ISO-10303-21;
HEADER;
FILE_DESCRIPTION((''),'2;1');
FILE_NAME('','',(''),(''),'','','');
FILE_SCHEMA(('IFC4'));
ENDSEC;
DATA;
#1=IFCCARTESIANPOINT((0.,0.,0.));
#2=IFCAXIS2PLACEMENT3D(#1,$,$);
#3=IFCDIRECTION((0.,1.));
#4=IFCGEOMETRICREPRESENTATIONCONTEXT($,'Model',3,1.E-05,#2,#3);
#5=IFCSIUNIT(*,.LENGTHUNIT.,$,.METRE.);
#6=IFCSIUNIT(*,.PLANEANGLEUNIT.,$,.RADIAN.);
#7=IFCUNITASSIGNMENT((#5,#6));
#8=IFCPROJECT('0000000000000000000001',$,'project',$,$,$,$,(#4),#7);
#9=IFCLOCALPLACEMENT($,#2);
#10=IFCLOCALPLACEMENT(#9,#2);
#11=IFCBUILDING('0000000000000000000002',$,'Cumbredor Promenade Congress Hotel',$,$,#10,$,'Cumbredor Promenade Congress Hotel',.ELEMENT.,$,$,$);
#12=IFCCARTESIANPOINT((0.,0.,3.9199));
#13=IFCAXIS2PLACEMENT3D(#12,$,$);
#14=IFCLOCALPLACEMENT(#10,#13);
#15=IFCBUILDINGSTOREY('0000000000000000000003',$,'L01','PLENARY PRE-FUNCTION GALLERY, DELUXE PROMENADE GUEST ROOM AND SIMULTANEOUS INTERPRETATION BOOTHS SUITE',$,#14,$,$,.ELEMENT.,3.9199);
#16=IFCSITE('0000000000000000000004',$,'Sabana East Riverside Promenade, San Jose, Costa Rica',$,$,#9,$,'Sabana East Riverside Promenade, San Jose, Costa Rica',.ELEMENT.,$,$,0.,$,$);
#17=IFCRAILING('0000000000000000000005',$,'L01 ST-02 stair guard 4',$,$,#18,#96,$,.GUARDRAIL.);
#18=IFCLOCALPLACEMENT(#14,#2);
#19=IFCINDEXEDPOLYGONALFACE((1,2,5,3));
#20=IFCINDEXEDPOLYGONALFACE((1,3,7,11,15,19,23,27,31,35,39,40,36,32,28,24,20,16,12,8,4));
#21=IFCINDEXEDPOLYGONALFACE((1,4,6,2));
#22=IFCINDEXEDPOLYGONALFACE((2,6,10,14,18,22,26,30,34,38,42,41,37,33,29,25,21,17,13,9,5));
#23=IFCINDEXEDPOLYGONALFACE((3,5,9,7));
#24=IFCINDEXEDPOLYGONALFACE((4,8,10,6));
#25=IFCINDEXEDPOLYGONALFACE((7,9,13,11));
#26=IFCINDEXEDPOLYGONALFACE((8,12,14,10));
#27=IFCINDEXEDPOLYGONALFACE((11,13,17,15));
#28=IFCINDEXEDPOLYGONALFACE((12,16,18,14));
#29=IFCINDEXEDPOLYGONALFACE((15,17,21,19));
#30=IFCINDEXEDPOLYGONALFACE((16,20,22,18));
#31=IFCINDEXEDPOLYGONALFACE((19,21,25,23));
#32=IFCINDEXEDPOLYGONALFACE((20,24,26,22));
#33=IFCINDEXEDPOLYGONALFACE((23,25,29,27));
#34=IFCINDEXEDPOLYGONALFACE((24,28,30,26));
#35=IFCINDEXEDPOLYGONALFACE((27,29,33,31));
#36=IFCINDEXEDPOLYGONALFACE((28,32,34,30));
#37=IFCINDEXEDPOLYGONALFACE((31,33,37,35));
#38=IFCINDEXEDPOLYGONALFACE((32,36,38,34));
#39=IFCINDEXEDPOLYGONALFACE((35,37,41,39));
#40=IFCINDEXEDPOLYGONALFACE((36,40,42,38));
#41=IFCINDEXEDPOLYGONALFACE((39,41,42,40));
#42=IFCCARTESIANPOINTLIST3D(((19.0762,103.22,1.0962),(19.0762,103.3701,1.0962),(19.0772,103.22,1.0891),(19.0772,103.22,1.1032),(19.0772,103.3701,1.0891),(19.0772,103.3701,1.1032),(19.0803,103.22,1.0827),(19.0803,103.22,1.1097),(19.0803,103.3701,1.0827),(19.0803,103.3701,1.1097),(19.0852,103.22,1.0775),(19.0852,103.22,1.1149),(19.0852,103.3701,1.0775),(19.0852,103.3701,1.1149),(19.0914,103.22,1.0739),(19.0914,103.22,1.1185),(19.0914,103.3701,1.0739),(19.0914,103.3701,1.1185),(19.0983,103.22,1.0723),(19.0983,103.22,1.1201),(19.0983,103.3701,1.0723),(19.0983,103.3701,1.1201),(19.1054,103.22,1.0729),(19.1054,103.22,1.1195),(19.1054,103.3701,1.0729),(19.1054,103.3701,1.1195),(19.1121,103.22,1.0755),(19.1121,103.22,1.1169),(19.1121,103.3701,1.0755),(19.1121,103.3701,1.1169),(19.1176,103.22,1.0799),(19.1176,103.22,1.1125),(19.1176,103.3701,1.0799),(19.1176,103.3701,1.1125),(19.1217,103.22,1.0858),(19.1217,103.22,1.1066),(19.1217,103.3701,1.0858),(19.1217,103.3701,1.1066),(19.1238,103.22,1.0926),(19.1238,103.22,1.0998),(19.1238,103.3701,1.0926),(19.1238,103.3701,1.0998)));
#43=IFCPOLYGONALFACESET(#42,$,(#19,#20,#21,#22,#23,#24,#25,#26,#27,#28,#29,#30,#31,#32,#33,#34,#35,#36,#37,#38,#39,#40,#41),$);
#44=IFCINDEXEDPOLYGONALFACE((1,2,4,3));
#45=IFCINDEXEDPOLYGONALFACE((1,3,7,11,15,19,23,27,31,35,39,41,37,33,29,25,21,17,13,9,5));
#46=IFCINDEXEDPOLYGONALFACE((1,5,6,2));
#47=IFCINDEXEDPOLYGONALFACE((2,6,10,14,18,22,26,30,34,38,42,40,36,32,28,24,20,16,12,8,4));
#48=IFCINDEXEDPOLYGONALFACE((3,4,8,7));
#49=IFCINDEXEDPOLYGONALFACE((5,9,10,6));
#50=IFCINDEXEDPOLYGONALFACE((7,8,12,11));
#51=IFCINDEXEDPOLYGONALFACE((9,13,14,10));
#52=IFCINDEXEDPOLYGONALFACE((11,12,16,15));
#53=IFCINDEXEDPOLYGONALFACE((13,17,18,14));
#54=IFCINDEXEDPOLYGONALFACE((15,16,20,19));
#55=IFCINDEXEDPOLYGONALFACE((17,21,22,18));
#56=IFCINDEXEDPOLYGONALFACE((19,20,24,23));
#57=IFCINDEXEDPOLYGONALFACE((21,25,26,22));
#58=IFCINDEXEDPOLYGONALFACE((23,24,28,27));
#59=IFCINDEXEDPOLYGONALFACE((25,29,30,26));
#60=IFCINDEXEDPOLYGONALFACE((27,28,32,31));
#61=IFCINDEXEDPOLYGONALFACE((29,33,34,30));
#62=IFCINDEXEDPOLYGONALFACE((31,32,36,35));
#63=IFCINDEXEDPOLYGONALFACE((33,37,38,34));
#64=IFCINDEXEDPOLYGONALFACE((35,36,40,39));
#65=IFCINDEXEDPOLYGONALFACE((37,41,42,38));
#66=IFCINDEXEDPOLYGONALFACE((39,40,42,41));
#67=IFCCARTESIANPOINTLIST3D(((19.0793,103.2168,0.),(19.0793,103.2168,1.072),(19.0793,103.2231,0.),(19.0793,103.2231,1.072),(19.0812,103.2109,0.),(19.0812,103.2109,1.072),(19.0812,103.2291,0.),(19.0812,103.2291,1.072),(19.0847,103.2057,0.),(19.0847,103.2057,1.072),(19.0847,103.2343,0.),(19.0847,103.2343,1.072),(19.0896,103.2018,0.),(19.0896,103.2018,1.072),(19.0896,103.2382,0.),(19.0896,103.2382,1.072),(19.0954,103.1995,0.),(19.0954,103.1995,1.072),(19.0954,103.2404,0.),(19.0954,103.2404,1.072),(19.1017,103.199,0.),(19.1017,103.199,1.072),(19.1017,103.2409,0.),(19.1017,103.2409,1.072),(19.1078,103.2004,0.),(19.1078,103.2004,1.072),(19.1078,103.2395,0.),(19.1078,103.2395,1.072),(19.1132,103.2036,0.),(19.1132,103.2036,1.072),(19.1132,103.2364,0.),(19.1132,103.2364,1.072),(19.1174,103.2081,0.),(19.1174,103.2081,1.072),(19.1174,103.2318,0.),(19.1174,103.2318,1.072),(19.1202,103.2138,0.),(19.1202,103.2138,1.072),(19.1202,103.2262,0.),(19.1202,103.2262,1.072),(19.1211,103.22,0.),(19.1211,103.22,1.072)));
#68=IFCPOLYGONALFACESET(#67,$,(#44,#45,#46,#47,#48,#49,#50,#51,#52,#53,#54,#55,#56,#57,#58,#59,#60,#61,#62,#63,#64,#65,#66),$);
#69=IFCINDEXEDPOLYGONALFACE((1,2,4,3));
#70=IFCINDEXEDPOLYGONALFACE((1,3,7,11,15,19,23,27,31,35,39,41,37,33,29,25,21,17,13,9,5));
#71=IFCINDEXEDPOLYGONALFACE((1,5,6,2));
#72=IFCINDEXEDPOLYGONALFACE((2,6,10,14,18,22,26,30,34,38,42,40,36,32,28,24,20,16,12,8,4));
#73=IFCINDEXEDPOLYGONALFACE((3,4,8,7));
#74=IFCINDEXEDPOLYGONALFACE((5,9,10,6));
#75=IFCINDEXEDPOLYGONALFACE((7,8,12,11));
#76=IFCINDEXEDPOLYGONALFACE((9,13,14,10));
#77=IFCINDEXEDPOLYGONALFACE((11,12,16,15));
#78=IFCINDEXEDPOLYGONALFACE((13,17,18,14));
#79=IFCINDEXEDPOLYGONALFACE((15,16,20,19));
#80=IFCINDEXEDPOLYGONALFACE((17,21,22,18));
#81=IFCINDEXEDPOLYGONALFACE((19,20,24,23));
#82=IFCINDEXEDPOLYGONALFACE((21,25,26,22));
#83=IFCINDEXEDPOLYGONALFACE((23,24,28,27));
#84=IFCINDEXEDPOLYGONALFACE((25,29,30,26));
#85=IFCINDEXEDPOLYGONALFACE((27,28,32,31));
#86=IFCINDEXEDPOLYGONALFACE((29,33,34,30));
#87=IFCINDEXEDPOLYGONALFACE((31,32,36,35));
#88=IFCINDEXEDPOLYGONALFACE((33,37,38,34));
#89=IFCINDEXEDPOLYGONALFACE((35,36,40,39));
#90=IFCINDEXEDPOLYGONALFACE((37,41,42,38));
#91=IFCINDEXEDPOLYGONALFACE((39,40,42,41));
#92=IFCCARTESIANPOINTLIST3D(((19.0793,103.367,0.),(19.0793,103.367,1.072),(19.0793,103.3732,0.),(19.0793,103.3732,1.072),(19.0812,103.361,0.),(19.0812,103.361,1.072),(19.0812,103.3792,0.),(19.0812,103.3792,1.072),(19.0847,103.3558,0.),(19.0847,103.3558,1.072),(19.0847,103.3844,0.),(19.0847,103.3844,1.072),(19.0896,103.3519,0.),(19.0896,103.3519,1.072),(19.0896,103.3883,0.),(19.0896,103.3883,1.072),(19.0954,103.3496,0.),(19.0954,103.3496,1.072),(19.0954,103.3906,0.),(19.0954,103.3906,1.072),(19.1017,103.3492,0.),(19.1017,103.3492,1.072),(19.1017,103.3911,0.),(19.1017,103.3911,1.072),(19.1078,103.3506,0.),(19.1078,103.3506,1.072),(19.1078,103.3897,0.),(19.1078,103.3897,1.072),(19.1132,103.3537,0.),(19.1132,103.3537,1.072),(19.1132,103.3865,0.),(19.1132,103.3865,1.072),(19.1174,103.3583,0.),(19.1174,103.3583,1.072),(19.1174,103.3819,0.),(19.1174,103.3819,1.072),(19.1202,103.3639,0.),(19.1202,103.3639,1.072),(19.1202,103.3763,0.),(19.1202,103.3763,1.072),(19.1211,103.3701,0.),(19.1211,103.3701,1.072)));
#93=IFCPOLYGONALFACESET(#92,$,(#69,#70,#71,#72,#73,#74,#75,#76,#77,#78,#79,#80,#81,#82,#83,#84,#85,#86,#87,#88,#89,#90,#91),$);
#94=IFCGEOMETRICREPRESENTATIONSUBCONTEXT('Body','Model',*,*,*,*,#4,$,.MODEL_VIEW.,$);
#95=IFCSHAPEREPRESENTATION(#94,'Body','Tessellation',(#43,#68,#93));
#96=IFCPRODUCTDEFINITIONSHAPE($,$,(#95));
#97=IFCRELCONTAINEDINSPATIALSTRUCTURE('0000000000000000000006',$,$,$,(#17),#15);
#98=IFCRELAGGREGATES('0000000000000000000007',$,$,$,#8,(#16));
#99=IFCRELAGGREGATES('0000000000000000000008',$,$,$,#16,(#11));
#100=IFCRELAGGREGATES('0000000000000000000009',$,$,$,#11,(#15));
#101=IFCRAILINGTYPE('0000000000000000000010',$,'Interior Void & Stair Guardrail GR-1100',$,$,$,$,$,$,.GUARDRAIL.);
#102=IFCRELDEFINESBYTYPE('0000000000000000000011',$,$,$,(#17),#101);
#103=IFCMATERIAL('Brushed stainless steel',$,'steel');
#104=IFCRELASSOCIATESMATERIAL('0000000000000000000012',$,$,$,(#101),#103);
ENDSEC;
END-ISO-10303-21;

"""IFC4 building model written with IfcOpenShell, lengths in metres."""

from ifc_helpers import new_model, si_unit, direction, frame, origin, origin_2d, place, context, subcontext, project, spatial, circle, extrude, material, type_object, element, save


model = new_model("IFC4")

# Units and contexts
model_context = context("Model", 3, precision=1e-05, world=origin(), true_north=direction((0.0, 1.0)))
body_context = subcontext(model_context, "Body", "Model", "MODEL_VIEW")
ifc_project = project(units=[si_unit("LENGTHUNIT", "METRE"), si_unit("PLANEANGLEUNIT", "RADIAN")], contexts=[model_context])

# Site, building, storey
site_placement = place(None, origin())
site = spatial("IfcSite", under=ifc_project, at=site_placement, Name="Sabana East Riverside Promenade, San Jose, Costa Rica", LongName="Sabana East Riverside Promenade, San Jose, Costa Rica", CompositionType="ELEMENT", RefElevation=0.0)
building_placement = place(site_placement, origin())
building = spatial("IfcBuilding", under=site, at=building_placement, Name="Cumbredor Promenade Congress Hotel", LongName="Cumbredor Promenade Congress Hotel", CompositionType="ELEMENT")
storey_placement = place(building_placement, frame((0.0, 0.0, 3.9199)))
storey = spatial("IfcBuildingStorey", under=building, at=storey_placement, Name="L01", Description="PLENARY PRE-FUNCTION GALLERY, DELUXE PROMENADE GUEST ROOM AND SIMULTANEOUS INTERPRETATION BOOTHS SUITE", CompositionType="ELEMENT", Elevation=3.9199)

# Railing
ifc_material_1 = material(Name="Brushed stainless steel", Category="steel")
railing_type_1 = type_object("IfcRailingType", Name="Interior Void & Stair Guardrail GR-1100", PredefinedType="GUARDRAIL", material=ifc_material_1)
railing_1_placement = place(storey_placement, frame((19.1001, 103.22, 0.0)))
element("IfcRailing", 1, at=railing_1_placement, inside=storey, type_object=railing_type_1, Name="L01 ST-02 stair guard 4", PredefinedType="GUARDRAIL", context=body_context, shape_type="SweptSolid", body=[
    extrude(circle(Radius=0.0239, at=origin_2d()), frame((0.0, 0.0, 1.0962), z_axis=(0.0, 1.0, 0.0), x_axis=(-1.0, 0.0, 0.0)), (0.0, 0.0, 1.0), 0.1501),
    extrude(circle(Radius=0.021, at=origin_2d()), origin(), (0.0, 0.0, 1.0), 1.072),
    extrude(circle(Radius=0.021, at=origin_2d()), frame((0.0, 0.1501, 0.0)), (0.0, 0.0, 1.0), 1.072),
])

save(model, "model.ifc")
